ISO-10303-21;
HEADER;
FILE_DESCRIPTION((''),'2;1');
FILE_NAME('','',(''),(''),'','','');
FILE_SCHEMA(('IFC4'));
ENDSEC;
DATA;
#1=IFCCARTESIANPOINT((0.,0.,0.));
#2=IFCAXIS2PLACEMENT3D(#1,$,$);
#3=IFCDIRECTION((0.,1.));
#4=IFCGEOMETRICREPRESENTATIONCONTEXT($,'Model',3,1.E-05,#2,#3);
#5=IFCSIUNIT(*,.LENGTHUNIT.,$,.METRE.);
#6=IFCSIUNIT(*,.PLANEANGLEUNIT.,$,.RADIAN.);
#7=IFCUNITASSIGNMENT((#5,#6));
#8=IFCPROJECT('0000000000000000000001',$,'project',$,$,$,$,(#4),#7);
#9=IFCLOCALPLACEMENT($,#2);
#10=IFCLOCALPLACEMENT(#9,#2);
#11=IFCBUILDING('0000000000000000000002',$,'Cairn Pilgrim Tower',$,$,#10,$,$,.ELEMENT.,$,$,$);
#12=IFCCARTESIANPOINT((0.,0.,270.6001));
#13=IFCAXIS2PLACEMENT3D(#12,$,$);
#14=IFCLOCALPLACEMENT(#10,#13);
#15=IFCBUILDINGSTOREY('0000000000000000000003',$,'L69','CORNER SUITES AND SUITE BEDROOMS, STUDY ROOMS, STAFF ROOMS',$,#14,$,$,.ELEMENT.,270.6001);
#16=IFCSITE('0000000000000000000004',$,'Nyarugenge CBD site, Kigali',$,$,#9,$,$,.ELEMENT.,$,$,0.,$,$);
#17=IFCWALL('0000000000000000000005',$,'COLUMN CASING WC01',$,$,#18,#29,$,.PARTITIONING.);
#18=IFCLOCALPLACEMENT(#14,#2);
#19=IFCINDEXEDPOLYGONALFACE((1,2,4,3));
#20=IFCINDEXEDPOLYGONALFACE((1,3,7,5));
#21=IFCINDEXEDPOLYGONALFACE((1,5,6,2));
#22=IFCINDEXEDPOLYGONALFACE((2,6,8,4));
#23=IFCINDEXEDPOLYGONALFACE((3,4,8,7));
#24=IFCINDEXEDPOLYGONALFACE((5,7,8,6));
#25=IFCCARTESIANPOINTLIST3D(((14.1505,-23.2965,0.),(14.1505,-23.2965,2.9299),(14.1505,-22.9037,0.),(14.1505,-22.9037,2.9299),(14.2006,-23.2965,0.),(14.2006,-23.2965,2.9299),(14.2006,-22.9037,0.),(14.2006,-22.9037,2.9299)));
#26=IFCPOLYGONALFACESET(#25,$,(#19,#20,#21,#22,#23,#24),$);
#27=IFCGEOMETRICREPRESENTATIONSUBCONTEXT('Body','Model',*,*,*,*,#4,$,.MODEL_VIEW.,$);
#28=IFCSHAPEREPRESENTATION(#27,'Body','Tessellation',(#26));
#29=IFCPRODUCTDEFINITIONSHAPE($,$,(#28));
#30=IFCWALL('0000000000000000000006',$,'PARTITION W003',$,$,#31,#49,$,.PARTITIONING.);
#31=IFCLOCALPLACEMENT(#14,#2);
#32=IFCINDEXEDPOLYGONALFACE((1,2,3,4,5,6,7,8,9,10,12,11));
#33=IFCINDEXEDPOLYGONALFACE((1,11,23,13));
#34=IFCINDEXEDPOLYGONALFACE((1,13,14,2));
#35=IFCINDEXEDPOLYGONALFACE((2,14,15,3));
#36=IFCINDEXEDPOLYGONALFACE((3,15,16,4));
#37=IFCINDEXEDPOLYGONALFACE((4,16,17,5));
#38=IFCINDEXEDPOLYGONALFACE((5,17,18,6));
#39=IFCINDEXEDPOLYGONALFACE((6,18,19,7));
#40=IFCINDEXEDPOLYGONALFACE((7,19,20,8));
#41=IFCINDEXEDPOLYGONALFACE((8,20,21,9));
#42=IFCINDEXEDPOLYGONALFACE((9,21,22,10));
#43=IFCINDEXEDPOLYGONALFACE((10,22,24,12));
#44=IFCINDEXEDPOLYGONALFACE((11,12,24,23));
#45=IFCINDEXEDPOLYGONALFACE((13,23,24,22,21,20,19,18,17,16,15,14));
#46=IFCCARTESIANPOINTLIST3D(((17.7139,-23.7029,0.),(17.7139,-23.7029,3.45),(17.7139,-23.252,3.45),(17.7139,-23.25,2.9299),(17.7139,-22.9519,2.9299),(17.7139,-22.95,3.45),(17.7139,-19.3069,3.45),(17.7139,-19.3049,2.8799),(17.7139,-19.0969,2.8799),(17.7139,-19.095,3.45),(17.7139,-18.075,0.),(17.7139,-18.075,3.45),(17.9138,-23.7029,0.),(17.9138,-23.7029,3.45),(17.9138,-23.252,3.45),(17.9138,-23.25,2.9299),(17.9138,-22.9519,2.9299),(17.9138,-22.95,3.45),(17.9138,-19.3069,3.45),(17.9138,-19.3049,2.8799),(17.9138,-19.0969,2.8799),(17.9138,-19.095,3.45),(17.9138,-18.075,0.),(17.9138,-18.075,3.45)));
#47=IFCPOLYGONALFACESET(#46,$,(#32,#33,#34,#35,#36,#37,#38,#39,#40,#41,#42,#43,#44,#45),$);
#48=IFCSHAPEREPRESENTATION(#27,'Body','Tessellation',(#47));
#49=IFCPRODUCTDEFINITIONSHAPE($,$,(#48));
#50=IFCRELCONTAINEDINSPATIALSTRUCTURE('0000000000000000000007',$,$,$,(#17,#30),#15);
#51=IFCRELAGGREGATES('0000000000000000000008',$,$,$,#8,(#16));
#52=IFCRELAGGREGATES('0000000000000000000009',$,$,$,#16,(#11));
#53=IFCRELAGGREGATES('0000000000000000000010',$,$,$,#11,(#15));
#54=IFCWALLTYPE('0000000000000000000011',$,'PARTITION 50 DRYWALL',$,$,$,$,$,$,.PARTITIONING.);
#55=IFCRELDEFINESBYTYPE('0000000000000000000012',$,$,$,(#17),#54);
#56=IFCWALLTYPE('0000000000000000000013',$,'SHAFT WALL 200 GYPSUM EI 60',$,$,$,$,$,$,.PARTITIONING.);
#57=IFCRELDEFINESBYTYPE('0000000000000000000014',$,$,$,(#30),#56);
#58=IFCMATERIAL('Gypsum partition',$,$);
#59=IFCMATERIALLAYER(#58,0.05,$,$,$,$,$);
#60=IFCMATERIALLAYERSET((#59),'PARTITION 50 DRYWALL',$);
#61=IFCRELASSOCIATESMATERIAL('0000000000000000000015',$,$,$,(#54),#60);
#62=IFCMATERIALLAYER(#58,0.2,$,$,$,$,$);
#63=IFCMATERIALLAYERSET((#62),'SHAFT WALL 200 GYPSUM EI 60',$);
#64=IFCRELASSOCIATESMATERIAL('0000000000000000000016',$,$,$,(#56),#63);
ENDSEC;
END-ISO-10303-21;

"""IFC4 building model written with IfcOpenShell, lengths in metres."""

from ifc_helpers import new_model, si_unit, direction, frame, frame_2d, origin, place, context, subcontext, project, spatial, polyline, rectangle, outline, extrude, material, layer, layer_set, type_object, element, save


model = new_model("IFC4")

# Units and contexts
model_context = context("Model", 3, precision=1e-05, world=origin(), true_north=direction((0.0, 1.0)))
body_context = subcontext(model_context, "Body", "Model", "MODEL_VIEW")
ifc_project = project(units=[si_unit("LENGTHUNIT", "METRE"), si_unit("PLANEANGLEUNIT", "RADIAN")], contexts=[model_context])

# Site, building, storey
site_placement = place(None, origin())
site = spatial("IfcSite", under=ifc_project, at=site_placement, Name="Nyarugenge CBD site, Kigali", CompositionType="ELEMENT", RefElevation=0.0)
building_placement = place(site_placement, origin())
building = spatial("IfcBuilding", under=site, at=building_placement, Name="Cairn Pilgrim Tower", CompositionType="ELEMENT")
storey_placement = place(building_placement, frame((0.0, 0.0, 270.6001)))
storey = spatial("IfcBuildingStorey", under=building, at=storey_placement, Name="L69", Description="CORNER SUITES AND SUITE BEDROOMS, STUDY ROOMS, STAFF ROOMS", CompositionType="ELEMENT", Elevation=270.6001)

# Shared definitions
ifc_material_1 = material(Name="Gypsum partition")

# Walls
ifc_layer_1 = layer(ifc_material_1, 0.05)
ifc_layer_set_1 = layer_set([ifc_layer_1], Name="PARTITION 50 DRYWALL")
wall_type_1 = type_object("IfcWallType", Name="PARTITION 50 DRYWALL", PredefinedType="PARTITIONING", material=ifc_layer_set_1)
wall_1_placement = place(storey_placement, frame((14.1755, -23.2964, 0.0), z_axis=(0.0, 0.0, 1.0), x_axis=(0.0, 1.0, 0.0)))
element("IfcWall", 1, at=wall_1_placement, inside=storey, type_object=wall_type_1, Name="COLUMN CASING WC01", PredefinedType="PARTITIONING", context=body_context, shape_type="SweptSolid", body=[
    extrude(rectangle(XDim=0.3928, YDim=0.05, at=frame_2d((0.1963, 0.0))), origin(), (0.0, 0.0, 1.0), 2.9299),
])
ifc_layer_2 = layer(ifc_material_1, 0.2)
ifc_layer_set_2 = layer_set([ifc_layer_2], Name="SHAFT WALL 200 GYPSUM EI 60")
wall_type_2 = type_object("IfcWallType", Name="SHAFT WALL 200 GYPSUM EI 60", PredefinedType="PARTITIONING", material=ifc_layer_set_2)
wall_2_placement = place(storey_placement, frame((17.814, -23.7029, 0.0), z_axis=(0.0, 0.0, 1.0), x_axis=(0.0, 1.0, 0.0)))
element("IfcWall", 2, at=wall_2_placement, inside=storey, type_object=wall_type_2, Name="PARTITION W003", PredefinedType="PARTITIONING", context=body_context, shape_type="SweptSolid", body=[
    extrude(outline(polyline([(0.0, 0.0), (5.6279, 0.0), (5.6279, 3.45), (4.6079, 3.45), (4.606, 2.8799), (4.3979, 2.8799), (4.396, 3.45), (0.7529, 3.45), (0.751, 2.9299), (0.4529, 2.9299), (0.4509, 3.45), (0.0, 3.45), (0.0, 0.0)])), frame((0.0, 0.1001, 0.0), z_axis=(0.0, -1.0, 0.0), x_axis=(1.0, 0.0, 0.0)), (0.0, 0.0, 1.0), 0.2),
])

save(model, "model.ifc")
